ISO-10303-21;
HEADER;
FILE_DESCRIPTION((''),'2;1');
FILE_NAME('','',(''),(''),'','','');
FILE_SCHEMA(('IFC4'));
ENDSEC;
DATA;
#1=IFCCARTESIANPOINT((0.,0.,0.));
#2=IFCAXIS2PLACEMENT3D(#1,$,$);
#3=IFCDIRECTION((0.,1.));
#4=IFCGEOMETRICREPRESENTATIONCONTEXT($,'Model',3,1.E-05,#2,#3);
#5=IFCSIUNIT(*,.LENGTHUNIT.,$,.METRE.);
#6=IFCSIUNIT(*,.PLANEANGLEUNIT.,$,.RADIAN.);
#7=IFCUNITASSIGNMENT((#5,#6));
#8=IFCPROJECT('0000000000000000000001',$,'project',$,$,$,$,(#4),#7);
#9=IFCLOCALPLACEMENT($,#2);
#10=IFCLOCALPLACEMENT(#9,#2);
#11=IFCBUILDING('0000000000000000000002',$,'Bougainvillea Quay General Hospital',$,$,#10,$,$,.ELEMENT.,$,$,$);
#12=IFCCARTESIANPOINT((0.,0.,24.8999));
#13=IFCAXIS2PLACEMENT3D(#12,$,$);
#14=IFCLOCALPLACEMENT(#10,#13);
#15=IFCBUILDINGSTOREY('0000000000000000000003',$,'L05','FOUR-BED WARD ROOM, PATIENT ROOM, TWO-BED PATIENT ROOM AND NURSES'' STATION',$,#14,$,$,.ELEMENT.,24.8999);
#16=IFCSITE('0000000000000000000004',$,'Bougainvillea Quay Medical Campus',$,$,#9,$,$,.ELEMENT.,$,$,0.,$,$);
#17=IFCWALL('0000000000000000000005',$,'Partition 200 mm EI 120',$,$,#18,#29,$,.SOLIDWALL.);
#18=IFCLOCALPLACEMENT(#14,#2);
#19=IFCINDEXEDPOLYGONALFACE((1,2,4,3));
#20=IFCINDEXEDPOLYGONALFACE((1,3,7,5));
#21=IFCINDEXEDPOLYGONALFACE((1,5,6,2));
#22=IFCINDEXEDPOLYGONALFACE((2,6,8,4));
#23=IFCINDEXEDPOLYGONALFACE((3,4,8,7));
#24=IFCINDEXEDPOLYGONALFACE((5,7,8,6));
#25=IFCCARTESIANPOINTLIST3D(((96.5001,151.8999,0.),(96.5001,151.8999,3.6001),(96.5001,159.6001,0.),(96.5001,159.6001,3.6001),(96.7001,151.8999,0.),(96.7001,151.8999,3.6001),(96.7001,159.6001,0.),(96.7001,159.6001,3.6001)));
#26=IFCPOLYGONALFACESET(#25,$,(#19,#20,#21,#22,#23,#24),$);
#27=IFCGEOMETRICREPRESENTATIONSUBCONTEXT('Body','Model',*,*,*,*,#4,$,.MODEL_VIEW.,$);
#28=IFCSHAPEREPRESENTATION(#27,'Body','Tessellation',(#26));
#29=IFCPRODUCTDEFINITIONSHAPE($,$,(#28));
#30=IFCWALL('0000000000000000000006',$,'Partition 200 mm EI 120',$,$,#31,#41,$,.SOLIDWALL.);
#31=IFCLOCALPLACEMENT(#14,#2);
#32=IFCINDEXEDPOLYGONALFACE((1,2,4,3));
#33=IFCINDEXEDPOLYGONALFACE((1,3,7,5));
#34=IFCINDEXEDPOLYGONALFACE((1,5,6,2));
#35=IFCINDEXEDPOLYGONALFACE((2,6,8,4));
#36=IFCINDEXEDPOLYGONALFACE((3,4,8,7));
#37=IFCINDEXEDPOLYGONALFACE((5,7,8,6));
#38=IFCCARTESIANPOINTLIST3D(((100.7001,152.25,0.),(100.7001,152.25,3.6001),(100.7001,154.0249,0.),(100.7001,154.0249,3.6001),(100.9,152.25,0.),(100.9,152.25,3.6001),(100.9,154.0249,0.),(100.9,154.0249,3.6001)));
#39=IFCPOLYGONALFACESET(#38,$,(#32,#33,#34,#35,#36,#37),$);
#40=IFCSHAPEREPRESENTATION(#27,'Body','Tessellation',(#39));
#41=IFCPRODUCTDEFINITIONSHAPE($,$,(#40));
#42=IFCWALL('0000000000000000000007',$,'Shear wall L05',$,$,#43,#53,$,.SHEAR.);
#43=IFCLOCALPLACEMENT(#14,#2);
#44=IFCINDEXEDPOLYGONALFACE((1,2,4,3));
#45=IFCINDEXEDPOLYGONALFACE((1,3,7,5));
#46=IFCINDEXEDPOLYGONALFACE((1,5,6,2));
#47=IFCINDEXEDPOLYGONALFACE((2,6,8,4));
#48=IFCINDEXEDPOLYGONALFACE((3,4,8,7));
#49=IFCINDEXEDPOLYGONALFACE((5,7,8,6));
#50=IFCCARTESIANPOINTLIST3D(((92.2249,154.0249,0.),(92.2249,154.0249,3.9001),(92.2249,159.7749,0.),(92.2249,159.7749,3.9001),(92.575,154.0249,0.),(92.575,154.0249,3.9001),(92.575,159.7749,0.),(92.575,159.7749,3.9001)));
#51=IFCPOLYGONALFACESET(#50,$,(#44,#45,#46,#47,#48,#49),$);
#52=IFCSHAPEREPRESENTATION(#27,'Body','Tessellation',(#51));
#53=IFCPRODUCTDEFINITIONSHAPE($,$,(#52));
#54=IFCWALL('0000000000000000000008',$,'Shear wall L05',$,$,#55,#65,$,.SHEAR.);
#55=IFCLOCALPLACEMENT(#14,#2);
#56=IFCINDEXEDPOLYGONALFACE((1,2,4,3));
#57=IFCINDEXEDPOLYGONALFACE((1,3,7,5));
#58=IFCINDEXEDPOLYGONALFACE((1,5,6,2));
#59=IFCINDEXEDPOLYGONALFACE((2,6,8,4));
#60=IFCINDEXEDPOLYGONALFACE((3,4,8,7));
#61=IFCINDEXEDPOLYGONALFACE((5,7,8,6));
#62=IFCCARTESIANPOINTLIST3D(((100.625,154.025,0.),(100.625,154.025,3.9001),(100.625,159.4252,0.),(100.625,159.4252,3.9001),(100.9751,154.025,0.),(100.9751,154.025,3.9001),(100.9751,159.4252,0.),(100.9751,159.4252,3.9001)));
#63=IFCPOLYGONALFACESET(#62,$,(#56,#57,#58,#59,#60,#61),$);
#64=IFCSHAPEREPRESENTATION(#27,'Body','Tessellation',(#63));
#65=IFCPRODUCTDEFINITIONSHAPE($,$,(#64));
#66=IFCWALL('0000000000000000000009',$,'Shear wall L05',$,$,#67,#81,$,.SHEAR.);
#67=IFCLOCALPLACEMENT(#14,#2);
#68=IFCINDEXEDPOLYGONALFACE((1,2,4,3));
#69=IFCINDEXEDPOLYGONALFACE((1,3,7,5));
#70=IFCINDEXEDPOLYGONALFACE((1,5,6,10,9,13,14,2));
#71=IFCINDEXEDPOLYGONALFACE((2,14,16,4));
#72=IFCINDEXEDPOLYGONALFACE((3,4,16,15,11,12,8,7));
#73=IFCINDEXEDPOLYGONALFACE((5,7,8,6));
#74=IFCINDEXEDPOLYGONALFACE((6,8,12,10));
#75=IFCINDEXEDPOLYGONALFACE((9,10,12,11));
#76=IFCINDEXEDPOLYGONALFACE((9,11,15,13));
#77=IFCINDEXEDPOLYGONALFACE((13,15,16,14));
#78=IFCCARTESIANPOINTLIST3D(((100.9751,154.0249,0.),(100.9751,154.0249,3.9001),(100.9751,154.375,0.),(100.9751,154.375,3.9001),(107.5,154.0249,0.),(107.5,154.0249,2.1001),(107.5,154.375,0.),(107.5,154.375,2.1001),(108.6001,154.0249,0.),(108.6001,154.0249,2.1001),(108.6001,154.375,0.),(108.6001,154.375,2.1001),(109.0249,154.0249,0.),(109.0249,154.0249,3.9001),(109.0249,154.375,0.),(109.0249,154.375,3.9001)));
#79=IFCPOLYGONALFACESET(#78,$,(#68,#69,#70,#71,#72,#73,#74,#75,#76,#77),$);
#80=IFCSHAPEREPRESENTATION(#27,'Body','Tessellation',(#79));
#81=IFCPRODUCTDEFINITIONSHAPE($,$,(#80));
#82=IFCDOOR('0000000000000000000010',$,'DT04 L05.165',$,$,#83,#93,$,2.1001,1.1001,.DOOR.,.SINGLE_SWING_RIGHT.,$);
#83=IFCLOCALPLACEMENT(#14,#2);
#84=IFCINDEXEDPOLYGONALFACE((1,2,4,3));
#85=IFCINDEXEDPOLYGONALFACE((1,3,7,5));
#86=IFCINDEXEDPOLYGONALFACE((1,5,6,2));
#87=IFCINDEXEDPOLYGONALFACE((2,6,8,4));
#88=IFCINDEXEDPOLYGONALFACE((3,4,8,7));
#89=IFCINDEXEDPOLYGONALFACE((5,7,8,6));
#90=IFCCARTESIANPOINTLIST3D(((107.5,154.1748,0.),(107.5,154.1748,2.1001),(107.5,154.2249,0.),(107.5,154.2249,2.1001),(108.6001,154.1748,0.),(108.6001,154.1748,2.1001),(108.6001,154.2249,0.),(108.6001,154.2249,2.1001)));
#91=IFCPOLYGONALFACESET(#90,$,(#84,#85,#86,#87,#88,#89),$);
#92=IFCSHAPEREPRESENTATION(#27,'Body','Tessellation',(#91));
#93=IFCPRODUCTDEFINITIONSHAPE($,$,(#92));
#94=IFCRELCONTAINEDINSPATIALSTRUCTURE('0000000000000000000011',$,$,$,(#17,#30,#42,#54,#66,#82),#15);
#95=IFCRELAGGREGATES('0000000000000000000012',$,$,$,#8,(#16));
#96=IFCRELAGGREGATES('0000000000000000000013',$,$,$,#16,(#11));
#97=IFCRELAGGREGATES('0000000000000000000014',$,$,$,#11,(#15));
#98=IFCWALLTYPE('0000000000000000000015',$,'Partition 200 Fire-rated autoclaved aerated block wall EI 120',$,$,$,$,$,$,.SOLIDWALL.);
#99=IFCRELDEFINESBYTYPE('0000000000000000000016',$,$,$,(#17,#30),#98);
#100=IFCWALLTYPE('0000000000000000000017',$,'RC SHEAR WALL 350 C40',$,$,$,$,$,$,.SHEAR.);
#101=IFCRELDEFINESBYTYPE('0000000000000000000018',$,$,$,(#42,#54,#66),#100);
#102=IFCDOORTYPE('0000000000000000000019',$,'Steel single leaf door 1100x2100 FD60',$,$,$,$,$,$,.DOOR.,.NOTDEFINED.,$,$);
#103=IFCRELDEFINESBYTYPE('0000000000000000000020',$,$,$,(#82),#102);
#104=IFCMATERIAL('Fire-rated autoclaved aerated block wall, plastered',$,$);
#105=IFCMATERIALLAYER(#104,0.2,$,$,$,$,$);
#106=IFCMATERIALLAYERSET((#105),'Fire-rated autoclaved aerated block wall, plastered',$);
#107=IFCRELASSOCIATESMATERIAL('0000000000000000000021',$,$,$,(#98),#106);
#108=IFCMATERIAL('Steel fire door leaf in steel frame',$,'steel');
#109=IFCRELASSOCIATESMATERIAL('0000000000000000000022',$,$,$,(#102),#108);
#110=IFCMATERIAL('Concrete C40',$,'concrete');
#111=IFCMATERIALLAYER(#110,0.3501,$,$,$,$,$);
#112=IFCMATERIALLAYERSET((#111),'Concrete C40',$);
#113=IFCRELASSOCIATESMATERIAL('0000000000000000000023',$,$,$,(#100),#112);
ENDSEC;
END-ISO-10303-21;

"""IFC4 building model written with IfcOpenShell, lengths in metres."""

from ifc_helpers import new_model, si_unit, direction, frame, frame_2d, origin, place, context, subcontext, project, spatial, rectangle, extrude, material, layer, layer_set, type_object, element, fill, save


model = new_model("IFC4")

# Units and contexts
model_context = context("Model", 3, precision=1e-05, world=origin(), true_north=direction((0.0, 1.0)))
body_context = subcontext(model_context, "Body", "Model", "MODEL_VIEW")
ifc_project = project(units=[si_unit("LENGTHUNIT", "METRE"), si_unit("PLANEANGLEUNIT", "RADIAN")], contexts=[model_context])

# Site, building, storey
site_placement = place(None, origin())
site = spatial("IfcSite", under=ifc_project, at=site_placement, Name="Bougainvillea Quay Medical Campus", CompositionType="ELEMENT", RefElevation=0.0)
building_placement = place(site_placement, origin())
building = spatial("IfcBuilding", under=site, at=building_placement, Name="Bougainvillea Quay General Hospital", CompositionType="ELEMENT")
storey_placement = place(building_placement, frame((0.0, 0.0, 24.8999)))
storey = spatial("IfcBuildingStorey", under=building, at=storey_placement, Name="L05", Description="FOUR-BED WARD ROOM, PATIENT ROOM, TWO-BED PATIENT ROOM AND NURSES' STATION", CompositionType="ELEMENT", Elevation=24.8999)

# Shared definitions
ifc_material_1 = material(Name="Concrete C40", Category="concrete")

# Shared definitions
ifc_material_2 = material(Name="Fire-rated autoclaved aerated block wall, plastered")
ifc_layer_1 = layer(ifc_material_2, 0.2)
ifc_layer_set_1 = layer_set([ifc_layer_1], Name="Fire-rated autoclaved aerated block wall, plastered")
wall_type_1 = type_object("IfcWallType", Name="Partition 200 Fire-rated autoclaved aerated block wall EI 120", PredefinedType="SOLIDWALL", material=ifc_layer_set_1)
ifc_material_3 = material(Name="Steel fire door leaf in steel frame", Category="steel")

# Shared definitions
door_type_1 = type_object("IfcDoorType", Name="Steel single leaf door 1100x2100 FD60", OperationType="NOTDEFINED", PredefinedType="DOOR", material=ifc_material_3)

# Walls
wall_1_placement = place(storey_placement, frame((96.6001, 151.8999, 0.0), z_axis=(0.0, 0.0, 1.0), x_axis=(0.0, 1.0, 0.0)))
element("IfcWall", 1, at=wall_1_placement, inside=storey, type_object=wall_type_1, Name="Partition 200 mm EI 120", PredefinedType="SOLIDWALL", context=body_context, shape_type="SweptSolid", body=[
    extrude(rectangle(XDim=7.7002, YDim=0.2, at=frame_2d((3.8501, 0.0))), origin(), (0.0, 0.0, 1.0), 3.6001),
])
wall_2_placement = place(storey_placement, frame((100.8, 152.25, 0.0), z_axis=(0.0, 0.0, 1.0), x_axis=(0.0, 1.0, 0.0)))
element("IfcWall", 2, at=wall_2_placement, inside=storey, type_object=wall_type_1, Name="Partition 200 mm EI 120", PredefinedType="SOLIDWALL", context=body_context, shape_type="SweptSolid", body=[
    extrude(rectangle(XDim=1.7749, YDim=0.2, at=frame_2d((0.8875, 0.0))), origin(), (0.0, 0.0, 1.0), 3.6001),
])
ifc_layer_2 = layer(ifc_material_1, 0.3501)
ifc_layer_set_2 = layer_set([ifc_layer_2], Name="Concrete C40")
wall_type_2 = type_object("IfcWallType", Name="RC SHEAR WALL 350 C40", PredefinedType="SHEAR", material=ifc_layer_set_2)
wall_3_placement = place(storey_placement, frame((92.3999, 154.0249, 0.0), z_axis=(0.0, 0.0, 1.0), x_axis=(0.0, 1.0, 0.0)))
element("IfcWall", 3, at=wall_3_placement, inside=storey, type_object=wall_type_2, Name="Shear wall L05", PredefinedType="SHEAR", context=body_context, shape_type="SweptSolid", body=[
    extrude(rectangle(XDim=5.75, YDim=0.3501, at=frame_2d((2.875, 0.0))), origin(), (0.0, 0.0, 1.0), 3.9001),
])
wall_4_placement = place(storey_placement, frame((100.8, 154.0249, 0.0), z_axis=(0.0, 0.0, 1.0), x_axis=(0.0, 1.0, 0.0)))
element("IfcWall", 4, at=wall_4_placement, inside=storey, type_object=wall_type_2, Name="Shear wall L05", PredefinedType="SHEAR", context=body_context, shape_type="SweptSolid", body=[
    extrude(rectangle(XDim=5.4001, YDim=0.3501, at=frame_2d((2.7002, 0.0))), origin(), (0.0, 0.0, 1.0), 3.9001),
])

# Wall, opening, door
wall_5_placement = place(storey_placement, frame((100.9751, 154.2, 0.0), z_axis=(0.0, 0.0, 1.0), x_axis=(1.0, 0.0, 0.0)))
wall_5 = element("IfcWall", 5, at=wall_5_placement, inside=storey, type_object=wall_type_2, Name="Shear wall L05", PredefinedType="SHEAR", context=body_context, shape_type="SweptSolid", body=[
    extrude(rectangle(XDim=8.0498, YDim=0.3501, at=frame_2d((4.0249, 0.0))), origin(), (0.0, 0.0, 1.0), 3.9001),
])
opening_1_placement = place(wall_5_placement, frame((6.5249, 0.0, 0.0)))
opening_1 = element("IfcOpeningElement", 6, at=opening_1_placement, cuts=wall_5, PredefinedType="OPENING", context=body_context, shape_type="SweptSolid", body=[
    extrude(rectangle(XDim=1.1001, YDim=2.1001, at=frame_2d((0.55, 1.05))), frame((0.0, 0.1851, 0.0), z_axis=(0.0, -1.0, 0.0), x_axis=(1.0, 0.0, 0.0)), (0.0, 0.0, 1.0), 0.3701),
])
door_1_placement = place(opening_1_placement, origin())
door_1 = element("IfcDoor", 7, at=door_1_placement, inside=storey, type_object=door_type_1, Name="DT04 L05.165", OperationType="SINGLE_SWING_RIGHT", OverallHeight=2.1001, OverallWidth=1.1001, PredefinedType="DOOR", context=body_context, shape_type="SweptSolid", body=[
    extrude(rectangle(XDim=1.1001, YDim=2.1001, at=frame_2d((0.55, 1.05))), frame((0.0, 0.0249, 0.0), z_axis=(0.0, -1.0, 0.0), x_axis=(1.0, 0.0, 0.0)), (0.0, 0.0, 1.0), 0.05),
])
fill(opening_1, door_1)

save(model, "model.ifc")
